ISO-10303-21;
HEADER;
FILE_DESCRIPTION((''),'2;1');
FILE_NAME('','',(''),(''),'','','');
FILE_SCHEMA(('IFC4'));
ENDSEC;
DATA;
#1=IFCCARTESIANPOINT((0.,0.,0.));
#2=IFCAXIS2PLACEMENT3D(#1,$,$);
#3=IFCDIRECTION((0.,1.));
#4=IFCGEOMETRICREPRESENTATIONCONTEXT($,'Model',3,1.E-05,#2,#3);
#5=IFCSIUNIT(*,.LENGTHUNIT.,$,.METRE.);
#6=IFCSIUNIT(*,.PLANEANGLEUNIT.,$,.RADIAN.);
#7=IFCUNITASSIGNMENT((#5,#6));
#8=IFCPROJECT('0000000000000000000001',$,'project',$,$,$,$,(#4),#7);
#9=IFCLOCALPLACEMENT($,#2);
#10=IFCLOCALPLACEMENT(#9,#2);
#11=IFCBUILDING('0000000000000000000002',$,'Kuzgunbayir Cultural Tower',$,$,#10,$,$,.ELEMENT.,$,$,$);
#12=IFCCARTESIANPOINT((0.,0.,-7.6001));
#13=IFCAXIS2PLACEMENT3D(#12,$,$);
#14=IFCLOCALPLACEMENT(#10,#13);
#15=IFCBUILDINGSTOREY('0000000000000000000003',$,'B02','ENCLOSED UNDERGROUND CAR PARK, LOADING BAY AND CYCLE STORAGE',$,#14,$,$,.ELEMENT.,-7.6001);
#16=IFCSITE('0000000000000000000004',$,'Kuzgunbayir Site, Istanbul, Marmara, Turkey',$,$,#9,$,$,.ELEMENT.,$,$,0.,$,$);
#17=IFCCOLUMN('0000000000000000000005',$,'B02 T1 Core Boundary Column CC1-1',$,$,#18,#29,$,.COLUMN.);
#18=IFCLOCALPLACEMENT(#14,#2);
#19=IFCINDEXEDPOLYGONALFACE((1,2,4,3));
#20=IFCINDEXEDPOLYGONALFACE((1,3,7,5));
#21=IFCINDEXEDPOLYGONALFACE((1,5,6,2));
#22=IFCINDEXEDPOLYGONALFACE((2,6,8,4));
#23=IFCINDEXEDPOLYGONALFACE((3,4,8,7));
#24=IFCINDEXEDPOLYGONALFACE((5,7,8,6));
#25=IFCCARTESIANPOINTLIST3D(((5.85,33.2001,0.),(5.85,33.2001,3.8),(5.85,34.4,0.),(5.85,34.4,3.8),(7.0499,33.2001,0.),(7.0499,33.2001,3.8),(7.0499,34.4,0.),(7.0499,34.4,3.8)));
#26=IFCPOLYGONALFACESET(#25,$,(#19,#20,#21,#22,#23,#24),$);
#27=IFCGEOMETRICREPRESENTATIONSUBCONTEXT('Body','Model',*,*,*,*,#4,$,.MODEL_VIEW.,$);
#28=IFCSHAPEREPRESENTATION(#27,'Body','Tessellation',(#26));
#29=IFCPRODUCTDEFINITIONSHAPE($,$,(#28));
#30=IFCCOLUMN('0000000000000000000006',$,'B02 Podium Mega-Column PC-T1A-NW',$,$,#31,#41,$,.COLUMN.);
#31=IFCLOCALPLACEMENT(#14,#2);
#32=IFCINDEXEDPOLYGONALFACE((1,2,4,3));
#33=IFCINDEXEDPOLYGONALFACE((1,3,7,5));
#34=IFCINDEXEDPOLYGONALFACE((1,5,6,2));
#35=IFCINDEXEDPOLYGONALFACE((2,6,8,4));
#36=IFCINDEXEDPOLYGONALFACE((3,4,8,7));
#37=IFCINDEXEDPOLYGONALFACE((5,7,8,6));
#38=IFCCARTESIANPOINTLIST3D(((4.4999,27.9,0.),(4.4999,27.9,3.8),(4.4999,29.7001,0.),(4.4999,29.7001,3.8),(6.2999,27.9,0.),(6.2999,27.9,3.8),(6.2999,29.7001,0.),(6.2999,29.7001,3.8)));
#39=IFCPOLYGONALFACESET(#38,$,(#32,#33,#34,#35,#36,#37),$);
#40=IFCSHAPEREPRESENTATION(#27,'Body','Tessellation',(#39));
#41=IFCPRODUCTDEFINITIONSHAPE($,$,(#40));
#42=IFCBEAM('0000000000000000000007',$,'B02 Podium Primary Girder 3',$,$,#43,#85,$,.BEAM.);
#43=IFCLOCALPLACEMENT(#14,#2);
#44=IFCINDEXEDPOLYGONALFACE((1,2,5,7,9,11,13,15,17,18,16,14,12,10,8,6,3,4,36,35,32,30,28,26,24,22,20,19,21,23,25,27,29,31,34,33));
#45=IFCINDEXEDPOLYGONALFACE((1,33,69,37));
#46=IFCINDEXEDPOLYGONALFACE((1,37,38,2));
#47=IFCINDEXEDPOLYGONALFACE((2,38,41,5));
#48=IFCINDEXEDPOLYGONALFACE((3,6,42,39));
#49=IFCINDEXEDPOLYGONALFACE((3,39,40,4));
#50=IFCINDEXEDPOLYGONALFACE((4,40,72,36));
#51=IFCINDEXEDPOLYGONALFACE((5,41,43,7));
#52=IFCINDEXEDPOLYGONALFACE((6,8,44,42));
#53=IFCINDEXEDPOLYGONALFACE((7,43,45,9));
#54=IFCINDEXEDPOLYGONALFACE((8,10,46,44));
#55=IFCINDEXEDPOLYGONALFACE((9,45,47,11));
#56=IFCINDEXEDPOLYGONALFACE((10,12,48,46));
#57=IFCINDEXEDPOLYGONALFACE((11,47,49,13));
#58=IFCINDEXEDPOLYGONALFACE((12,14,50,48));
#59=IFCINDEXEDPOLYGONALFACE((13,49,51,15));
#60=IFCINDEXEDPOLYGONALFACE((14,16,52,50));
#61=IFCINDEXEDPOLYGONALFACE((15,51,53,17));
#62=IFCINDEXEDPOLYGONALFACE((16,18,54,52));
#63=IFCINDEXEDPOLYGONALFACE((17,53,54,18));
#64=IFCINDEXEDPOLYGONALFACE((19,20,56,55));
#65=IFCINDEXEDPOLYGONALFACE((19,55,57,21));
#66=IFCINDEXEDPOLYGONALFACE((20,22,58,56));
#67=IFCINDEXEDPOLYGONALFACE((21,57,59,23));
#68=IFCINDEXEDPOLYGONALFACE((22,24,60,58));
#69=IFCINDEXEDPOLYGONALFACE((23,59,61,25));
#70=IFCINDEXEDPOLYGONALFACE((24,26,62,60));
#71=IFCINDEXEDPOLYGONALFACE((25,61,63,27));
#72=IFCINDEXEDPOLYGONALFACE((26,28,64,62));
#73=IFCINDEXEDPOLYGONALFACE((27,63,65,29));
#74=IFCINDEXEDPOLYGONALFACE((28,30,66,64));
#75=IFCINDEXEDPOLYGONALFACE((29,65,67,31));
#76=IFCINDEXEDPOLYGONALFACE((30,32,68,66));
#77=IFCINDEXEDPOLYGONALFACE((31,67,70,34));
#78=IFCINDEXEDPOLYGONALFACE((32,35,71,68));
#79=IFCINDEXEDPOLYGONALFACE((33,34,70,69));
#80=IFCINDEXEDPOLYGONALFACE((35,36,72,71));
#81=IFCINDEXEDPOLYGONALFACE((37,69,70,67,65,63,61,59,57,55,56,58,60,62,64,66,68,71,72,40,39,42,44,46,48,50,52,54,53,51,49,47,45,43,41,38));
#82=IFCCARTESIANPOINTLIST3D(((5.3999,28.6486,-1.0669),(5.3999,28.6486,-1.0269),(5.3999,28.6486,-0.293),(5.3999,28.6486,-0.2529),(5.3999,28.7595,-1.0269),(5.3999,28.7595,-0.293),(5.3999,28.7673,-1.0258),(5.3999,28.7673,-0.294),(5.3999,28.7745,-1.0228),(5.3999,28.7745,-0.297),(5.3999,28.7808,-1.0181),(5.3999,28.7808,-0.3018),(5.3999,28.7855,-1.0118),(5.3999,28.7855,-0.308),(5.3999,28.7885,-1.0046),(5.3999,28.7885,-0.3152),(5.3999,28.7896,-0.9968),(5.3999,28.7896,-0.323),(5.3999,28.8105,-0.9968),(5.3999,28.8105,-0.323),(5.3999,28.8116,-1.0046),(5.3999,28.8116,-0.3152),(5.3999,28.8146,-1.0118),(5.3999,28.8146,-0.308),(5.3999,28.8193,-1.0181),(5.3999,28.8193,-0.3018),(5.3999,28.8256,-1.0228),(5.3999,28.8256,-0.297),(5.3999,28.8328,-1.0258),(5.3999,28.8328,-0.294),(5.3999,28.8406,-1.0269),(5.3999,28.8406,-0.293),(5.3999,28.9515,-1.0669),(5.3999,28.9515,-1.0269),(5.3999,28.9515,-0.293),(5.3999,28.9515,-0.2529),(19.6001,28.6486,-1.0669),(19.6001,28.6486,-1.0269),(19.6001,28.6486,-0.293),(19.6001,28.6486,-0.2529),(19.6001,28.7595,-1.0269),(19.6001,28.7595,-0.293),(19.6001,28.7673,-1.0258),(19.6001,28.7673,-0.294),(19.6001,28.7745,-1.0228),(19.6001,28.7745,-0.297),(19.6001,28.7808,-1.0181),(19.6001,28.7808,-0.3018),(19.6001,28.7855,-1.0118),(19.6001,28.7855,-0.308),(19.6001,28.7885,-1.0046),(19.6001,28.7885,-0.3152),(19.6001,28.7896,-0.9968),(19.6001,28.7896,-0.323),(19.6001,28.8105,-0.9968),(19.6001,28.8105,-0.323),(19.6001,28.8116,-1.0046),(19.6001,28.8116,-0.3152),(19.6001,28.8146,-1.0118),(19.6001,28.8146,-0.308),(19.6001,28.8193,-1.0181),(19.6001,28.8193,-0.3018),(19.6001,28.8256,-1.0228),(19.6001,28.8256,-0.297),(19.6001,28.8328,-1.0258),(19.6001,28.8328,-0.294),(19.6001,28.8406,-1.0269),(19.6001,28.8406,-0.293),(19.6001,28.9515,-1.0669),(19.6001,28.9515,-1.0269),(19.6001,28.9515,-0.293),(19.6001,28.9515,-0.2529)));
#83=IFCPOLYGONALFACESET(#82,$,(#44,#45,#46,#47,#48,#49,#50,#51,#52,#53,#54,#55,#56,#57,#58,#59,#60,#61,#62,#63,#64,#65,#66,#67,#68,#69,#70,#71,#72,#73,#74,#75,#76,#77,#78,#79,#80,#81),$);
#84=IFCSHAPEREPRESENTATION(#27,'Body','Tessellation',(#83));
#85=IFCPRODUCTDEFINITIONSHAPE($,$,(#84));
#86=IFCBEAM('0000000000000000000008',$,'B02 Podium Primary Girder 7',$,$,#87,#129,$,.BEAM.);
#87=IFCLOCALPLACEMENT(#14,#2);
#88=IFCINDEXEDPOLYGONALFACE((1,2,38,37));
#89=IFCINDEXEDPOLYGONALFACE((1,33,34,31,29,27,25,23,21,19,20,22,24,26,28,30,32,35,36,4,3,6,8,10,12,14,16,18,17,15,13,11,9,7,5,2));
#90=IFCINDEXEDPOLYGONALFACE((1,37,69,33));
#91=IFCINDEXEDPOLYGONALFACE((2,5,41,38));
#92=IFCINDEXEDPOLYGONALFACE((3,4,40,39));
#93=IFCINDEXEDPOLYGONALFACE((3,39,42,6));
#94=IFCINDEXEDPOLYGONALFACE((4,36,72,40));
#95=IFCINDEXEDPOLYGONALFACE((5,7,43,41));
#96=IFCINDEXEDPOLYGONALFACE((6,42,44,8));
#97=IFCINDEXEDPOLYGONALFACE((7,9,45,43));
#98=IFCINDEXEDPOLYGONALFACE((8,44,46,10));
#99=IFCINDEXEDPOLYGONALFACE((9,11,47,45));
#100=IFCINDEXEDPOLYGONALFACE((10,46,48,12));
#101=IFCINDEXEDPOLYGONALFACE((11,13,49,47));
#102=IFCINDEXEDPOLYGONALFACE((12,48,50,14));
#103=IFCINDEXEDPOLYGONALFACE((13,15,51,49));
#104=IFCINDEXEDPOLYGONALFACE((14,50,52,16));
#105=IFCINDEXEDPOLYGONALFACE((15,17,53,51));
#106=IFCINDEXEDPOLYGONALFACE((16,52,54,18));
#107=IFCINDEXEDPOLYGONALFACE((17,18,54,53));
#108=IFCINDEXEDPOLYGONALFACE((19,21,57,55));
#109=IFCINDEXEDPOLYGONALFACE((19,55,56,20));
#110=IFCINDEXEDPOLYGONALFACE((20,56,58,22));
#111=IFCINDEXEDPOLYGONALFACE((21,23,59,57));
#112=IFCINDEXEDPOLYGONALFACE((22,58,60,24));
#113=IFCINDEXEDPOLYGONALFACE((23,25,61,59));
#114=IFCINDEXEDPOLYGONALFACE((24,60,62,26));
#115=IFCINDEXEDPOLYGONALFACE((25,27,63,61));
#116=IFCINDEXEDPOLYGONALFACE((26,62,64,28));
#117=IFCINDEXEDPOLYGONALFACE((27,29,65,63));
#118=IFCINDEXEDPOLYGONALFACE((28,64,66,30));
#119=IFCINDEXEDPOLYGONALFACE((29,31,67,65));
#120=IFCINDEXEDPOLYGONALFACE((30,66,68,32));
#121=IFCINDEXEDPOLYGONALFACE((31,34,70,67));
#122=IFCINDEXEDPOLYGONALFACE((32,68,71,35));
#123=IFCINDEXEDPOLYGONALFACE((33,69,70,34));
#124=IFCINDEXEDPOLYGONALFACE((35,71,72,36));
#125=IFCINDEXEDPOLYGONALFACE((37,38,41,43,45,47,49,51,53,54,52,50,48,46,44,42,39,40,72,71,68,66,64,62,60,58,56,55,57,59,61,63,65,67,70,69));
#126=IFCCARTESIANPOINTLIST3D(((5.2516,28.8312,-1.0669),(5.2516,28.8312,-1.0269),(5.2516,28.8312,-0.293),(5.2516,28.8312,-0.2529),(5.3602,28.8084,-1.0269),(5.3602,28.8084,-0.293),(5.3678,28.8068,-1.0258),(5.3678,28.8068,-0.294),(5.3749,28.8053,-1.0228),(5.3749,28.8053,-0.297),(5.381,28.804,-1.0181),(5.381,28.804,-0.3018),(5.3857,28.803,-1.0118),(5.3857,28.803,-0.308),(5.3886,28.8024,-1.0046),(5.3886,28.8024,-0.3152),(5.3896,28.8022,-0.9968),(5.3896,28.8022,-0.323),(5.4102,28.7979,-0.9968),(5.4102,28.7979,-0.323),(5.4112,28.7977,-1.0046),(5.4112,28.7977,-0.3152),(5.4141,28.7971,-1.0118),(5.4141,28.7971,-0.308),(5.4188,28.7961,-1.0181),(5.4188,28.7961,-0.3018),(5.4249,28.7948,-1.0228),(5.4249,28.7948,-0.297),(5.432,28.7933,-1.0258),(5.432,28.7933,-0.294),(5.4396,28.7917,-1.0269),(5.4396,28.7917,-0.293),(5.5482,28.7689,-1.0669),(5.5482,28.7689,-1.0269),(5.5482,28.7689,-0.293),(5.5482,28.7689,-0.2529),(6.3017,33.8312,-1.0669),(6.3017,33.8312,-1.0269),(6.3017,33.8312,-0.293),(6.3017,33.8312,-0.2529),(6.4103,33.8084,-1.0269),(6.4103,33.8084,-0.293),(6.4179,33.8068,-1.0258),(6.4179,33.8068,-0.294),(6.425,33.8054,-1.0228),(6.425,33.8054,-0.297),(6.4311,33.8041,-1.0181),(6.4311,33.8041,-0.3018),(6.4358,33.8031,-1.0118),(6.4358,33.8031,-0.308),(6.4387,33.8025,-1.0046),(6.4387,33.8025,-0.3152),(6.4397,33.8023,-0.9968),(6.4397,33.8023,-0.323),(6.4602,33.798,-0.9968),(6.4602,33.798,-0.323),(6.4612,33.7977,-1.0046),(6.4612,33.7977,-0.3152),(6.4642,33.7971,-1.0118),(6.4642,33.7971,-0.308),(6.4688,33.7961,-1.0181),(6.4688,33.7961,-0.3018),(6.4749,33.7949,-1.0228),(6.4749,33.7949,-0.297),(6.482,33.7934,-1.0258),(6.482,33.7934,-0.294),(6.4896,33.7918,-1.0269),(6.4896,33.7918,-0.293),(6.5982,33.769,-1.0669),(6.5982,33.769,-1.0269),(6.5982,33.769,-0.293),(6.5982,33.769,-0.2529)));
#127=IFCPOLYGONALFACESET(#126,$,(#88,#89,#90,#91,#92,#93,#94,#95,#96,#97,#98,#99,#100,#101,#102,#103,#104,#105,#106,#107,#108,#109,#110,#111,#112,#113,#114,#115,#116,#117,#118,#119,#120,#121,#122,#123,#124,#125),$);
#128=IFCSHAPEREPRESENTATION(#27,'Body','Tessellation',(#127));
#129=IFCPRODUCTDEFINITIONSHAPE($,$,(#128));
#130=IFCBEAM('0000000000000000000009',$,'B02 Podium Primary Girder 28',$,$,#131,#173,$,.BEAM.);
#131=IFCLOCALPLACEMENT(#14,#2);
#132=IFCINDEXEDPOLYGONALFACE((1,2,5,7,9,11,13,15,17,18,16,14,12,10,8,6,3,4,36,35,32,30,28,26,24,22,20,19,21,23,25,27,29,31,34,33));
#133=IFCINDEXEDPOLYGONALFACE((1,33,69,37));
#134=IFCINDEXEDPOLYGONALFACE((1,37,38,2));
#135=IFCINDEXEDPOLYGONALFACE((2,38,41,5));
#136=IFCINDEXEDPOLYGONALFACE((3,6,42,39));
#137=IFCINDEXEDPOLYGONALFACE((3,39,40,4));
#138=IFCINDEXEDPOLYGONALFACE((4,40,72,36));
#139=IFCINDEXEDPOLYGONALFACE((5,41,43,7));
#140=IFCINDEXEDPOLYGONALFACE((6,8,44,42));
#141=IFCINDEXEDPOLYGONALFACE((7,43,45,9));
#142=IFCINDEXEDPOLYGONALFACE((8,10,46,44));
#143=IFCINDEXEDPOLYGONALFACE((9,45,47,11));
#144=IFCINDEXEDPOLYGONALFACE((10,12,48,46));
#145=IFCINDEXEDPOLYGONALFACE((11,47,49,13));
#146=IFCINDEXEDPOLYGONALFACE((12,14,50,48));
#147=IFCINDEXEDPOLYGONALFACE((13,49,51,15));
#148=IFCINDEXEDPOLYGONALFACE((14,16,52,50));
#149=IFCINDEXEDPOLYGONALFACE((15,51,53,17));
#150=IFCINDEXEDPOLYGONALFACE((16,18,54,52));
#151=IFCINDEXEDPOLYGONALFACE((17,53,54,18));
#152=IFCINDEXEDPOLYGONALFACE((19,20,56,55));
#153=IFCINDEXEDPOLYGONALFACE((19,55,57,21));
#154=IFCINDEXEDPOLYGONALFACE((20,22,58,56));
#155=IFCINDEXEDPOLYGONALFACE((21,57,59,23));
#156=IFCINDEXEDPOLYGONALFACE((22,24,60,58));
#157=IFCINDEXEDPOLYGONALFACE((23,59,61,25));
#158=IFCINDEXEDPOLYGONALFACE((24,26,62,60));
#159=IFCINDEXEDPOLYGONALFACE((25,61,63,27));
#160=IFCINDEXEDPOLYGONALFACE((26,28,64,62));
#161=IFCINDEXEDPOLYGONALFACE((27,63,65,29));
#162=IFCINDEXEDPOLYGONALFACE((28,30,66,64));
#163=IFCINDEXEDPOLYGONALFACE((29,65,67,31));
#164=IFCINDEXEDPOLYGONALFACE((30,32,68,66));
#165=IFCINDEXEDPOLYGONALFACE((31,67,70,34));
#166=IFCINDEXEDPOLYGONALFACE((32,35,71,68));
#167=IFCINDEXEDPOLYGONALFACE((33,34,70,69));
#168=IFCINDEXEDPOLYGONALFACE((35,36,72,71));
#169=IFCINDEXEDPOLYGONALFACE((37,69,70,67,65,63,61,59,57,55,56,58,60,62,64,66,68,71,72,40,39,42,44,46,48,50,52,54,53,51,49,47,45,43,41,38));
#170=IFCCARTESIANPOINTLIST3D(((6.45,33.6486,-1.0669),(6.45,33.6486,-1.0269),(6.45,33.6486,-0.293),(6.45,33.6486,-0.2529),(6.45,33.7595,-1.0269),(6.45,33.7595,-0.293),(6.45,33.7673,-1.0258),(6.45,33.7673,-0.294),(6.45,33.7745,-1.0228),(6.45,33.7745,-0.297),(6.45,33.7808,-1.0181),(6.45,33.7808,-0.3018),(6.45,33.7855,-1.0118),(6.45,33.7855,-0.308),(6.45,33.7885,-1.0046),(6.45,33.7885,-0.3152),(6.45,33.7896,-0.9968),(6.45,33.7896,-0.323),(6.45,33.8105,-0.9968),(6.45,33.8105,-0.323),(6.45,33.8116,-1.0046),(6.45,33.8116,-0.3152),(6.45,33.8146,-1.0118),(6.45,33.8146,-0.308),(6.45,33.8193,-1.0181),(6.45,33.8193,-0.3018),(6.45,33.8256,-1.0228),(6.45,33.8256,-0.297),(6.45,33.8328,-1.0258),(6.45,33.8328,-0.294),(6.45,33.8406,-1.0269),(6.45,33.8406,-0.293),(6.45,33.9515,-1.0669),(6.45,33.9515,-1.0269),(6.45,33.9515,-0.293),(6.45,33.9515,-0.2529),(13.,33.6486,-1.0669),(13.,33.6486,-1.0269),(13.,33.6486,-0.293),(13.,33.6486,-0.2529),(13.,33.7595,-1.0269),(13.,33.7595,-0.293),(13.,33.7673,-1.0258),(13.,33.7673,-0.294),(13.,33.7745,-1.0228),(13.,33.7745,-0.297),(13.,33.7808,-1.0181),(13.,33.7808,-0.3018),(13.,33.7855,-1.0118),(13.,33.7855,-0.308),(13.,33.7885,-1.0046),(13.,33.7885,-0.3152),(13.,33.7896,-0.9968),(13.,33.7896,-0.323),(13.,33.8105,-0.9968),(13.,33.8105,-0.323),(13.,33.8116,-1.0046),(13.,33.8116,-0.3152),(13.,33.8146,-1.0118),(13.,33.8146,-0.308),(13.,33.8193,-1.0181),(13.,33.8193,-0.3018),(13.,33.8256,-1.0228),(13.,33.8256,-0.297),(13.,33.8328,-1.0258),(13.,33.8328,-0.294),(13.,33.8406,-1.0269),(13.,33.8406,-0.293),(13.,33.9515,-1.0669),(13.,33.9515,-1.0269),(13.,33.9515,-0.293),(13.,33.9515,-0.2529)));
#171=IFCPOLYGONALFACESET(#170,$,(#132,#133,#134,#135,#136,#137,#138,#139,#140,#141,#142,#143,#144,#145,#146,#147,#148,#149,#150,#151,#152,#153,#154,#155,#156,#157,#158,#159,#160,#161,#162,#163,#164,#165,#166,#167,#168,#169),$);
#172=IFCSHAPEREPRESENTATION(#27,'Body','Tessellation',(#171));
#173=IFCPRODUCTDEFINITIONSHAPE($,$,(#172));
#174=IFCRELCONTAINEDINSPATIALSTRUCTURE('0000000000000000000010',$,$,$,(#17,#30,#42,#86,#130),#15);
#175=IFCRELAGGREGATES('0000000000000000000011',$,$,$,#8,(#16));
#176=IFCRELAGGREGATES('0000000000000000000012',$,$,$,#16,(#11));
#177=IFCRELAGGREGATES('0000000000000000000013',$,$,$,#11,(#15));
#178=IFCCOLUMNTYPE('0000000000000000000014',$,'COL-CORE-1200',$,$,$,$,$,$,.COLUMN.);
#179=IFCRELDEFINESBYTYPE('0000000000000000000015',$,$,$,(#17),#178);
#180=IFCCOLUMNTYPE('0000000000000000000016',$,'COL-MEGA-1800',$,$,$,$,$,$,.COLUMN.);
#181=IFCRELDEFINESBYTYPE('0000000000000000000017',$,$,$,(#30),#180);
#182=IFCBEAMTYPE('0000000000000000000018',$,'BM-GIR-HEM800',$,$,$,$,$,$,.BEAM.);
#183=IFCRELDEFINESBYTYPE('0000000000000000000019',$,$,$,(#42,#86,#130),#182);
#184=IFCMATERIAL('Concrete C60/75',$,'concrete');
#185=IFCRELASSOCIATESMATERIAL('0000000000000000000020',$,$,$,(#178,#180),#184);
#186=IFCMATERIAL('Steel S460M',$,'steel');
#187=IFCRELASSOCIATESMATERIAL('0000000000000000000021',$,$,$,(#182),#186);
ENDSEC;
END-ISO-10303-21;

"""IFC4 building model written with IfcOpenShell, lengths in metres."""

from ifc_helpers import new_model, si_unit, direction, frame, origin, origin_2d, place, context, subcontext, project, spatial, rectangle, i_section, extrude, material, material_profile, profile_set, type_object, element, save


model = new_model("IFC4")

# Units and contexts
model_context = context("Model", 3, precision=1e-05, world=origin(), true_north=direction((0.0, 1.0)))
body_context = subcontext(model_context, "Body", "Model", "MODEL_VIEW")
ifc_project = project(units=[si_unit("LENGTHUNIT", "METRE"), si_unit("PLANEANGLEUNIT", "RADIAN")], contexts=[model_context])

# Site, building, storey
site_placement = place(None, origin())
site = spatial("IfcSite", under=ifc_project, at=site_placement, Name="Kuzgunbayir Site, Istanbul, Marmara, Turkey", CompositionType="ELEMENT", RefElevation=0.0)
building_placement = place(site_placement, origin())
building = spatial("IfcBuilding", under=site, at=building_placement, Name="Kuzgunbayir Cultural Tower", CompositionType="ELEMENT")
storey_placement = place(building_placement, frame((0.0, 0.0, -7.6001)))
storey = spatial("IfcBuildingStorey", under=building, at=storey_placement, Name="B02", Description="ENCLOSED UNDERGROUND CAR PARK, LOADING BAY AND CYCLE STORAGE", CompositionType="ELEMENT", Elevation=-7.6001)

# Columns
ifc_material_1 = material(Name="Concrete C60/75", Category="concrete")
ifc_material_profile_1 = material_profile(ifc_material_1, rectangle(XDim=1.2, YDim=1.2, at=origin_2d()), Name="RC 1200x1200")
ifc_profile_set_1 = profile_set([ifc_material_profile_1], Name="Concrete C60/75")
column_type_1 = type_object("IfcColumnType", Name="COL-CORE-1200", PredefinedType="COLUMN", material=ifc_profile_set_1)
column_1_placement = place(storey_placement, frame((6.45, 33.8, 0.0), z_axis=(0.0, 0.0, 1.0), x_axis=(1.0, 0.0, 0.0)))
element("IfcColumn", 1, at=column_1_placement, inside=storey, type_object=column_type_1, Name="B02 T1 Core Boundary Column CC1-1", PredefinedType="COLUMN", context=body_context, shape_type="SweptSolid", body=[
    extrude(rectangle(XDim=1.2, YDim=1.2, at=origin_2d()), origin(), (0.0, 0.0, 1.0), 3.8),
])
ifc_material_profile_2 = material_profile(ifc_material_1, rectangle(XDim=1.8, YDim=1.8, at=origin_2d()), Name="RC 1800x1800")
ifc_profile_set_2 = profile_set([ifc_material_profile_2], Name="Concrete C60/75")
column_type_2 = type_object("IfcColumnType", Name="COL-MEGA-1800", PredefinedType="COLUMN", material=ifc_profile_set_2)
column_2_placement = place(storey_placement, frame((5.3999, 28.8, 0.0), z_axis=(0.0, 0.0, 1.0), x_axis=(1.0, 0.0, 0.0)))
element("IfcColumn", 2, at=column_2_placement, inside=storey, type_object=column_type_2, Name="B02 Podium Mega-Column PC-T1A-NW", PredefinedType="COLUMN", context=body_context, shape_type="SweptSolid", body=[
    extrude(rectangle(XDim=1.8, YDim=1.8, at=origin_2d()), origin(), (0.0, 0.0, 1.0), 3.8),
])

# Beams
ifc_material_2 = material(Name="Steel S460M", Category="steel")
ifc_material_profile_3 = material_profile(ifc_material_2, i_section(OverallWidth=0.303, OverallDepth=0.814, WebThickness=0.021, FlangeThickness=0.04, FilletRadius=0.03, at=origin_2d()), Name="HEM 800")
ifc_profile_set_3 = profile_set([ifc_material_profile_3], Name="Steel S460M")
beam_type_1 = type_object("IfcBeamType", Name="BM-GIR-HEM800", PredefinedType="BEAM", material=ifc_profile_set_3)
beam_1_placement = place(storey_placement, frame((5.3999, 28.8, -0.6599), z_axis=(1.0, 0.0, 0.0), x_axis=(0.0, 1.0, 0.0)))
element("IfcBeam", 3, at=beam_1_placement, inside=storey, type_object=beam_type_1, Name="B02 Podium Primary Girder 3", PredefinedType="BEAM", context=body_context, shape_type="SweptSolid", body=[
    extrude(i_section(OverallWidth=0.303, OverallDepth=0.814, WebThickness=0.021, FlangeThickness=0.04, FilletRadius=0.03, at=origin_2d()), origin(), (0.0, 0.0, 1.0), 14.2002),
])
beam_2_placement = place(storey_placement, frame((5.3999, 28.8, -0.6599), z_axis=(0.205526, 0.978652, 0.0), x_axis=(-0.978652, 0.205526, 0.0)))
element("IfcBeam", 4, at=beam_2_placement, inside=storey, type_object=beam_type_1, Name="B02 Podium Primary Girder 7", PredefinedType="BEAM", context=body_context, shape_type="SweptSolid", body=[
    extrude(i_section(OverallWidth=0.303, OverallDepth=0.814, WebThickness=0.021, FlangeThickness=0.04, FilletRadius=0.03, at=origin_2d()), origin(), (0.0, 0.0, 1.0), 5.1091),
])
beam_3_placement = place(storey_placement, frame((6.45, 33.8, -0.6599), z_axis=(1.0, 0.0, 0.0), x_axis=(0.0, 1.0, 0.0)))
element("IfcBeam", 5, at=beam_3_placement, inside=storey, type_object=beam_type_1, Name="B02 Podium Primary Girder 28", PredefinedType="BEAM", context=body_context, shape_type="SweptSolid", body=[
    extrude(i_section(OverallWidth=0.303, OverallDepth=0.814, WebThickness=0.021, FlangeThickness=0.04, FilletRadius=0.03, at=origin_2d()), origin(), (0.0, 0.0, 1.0), 6.55),
])

save(model, "model.ifc")
